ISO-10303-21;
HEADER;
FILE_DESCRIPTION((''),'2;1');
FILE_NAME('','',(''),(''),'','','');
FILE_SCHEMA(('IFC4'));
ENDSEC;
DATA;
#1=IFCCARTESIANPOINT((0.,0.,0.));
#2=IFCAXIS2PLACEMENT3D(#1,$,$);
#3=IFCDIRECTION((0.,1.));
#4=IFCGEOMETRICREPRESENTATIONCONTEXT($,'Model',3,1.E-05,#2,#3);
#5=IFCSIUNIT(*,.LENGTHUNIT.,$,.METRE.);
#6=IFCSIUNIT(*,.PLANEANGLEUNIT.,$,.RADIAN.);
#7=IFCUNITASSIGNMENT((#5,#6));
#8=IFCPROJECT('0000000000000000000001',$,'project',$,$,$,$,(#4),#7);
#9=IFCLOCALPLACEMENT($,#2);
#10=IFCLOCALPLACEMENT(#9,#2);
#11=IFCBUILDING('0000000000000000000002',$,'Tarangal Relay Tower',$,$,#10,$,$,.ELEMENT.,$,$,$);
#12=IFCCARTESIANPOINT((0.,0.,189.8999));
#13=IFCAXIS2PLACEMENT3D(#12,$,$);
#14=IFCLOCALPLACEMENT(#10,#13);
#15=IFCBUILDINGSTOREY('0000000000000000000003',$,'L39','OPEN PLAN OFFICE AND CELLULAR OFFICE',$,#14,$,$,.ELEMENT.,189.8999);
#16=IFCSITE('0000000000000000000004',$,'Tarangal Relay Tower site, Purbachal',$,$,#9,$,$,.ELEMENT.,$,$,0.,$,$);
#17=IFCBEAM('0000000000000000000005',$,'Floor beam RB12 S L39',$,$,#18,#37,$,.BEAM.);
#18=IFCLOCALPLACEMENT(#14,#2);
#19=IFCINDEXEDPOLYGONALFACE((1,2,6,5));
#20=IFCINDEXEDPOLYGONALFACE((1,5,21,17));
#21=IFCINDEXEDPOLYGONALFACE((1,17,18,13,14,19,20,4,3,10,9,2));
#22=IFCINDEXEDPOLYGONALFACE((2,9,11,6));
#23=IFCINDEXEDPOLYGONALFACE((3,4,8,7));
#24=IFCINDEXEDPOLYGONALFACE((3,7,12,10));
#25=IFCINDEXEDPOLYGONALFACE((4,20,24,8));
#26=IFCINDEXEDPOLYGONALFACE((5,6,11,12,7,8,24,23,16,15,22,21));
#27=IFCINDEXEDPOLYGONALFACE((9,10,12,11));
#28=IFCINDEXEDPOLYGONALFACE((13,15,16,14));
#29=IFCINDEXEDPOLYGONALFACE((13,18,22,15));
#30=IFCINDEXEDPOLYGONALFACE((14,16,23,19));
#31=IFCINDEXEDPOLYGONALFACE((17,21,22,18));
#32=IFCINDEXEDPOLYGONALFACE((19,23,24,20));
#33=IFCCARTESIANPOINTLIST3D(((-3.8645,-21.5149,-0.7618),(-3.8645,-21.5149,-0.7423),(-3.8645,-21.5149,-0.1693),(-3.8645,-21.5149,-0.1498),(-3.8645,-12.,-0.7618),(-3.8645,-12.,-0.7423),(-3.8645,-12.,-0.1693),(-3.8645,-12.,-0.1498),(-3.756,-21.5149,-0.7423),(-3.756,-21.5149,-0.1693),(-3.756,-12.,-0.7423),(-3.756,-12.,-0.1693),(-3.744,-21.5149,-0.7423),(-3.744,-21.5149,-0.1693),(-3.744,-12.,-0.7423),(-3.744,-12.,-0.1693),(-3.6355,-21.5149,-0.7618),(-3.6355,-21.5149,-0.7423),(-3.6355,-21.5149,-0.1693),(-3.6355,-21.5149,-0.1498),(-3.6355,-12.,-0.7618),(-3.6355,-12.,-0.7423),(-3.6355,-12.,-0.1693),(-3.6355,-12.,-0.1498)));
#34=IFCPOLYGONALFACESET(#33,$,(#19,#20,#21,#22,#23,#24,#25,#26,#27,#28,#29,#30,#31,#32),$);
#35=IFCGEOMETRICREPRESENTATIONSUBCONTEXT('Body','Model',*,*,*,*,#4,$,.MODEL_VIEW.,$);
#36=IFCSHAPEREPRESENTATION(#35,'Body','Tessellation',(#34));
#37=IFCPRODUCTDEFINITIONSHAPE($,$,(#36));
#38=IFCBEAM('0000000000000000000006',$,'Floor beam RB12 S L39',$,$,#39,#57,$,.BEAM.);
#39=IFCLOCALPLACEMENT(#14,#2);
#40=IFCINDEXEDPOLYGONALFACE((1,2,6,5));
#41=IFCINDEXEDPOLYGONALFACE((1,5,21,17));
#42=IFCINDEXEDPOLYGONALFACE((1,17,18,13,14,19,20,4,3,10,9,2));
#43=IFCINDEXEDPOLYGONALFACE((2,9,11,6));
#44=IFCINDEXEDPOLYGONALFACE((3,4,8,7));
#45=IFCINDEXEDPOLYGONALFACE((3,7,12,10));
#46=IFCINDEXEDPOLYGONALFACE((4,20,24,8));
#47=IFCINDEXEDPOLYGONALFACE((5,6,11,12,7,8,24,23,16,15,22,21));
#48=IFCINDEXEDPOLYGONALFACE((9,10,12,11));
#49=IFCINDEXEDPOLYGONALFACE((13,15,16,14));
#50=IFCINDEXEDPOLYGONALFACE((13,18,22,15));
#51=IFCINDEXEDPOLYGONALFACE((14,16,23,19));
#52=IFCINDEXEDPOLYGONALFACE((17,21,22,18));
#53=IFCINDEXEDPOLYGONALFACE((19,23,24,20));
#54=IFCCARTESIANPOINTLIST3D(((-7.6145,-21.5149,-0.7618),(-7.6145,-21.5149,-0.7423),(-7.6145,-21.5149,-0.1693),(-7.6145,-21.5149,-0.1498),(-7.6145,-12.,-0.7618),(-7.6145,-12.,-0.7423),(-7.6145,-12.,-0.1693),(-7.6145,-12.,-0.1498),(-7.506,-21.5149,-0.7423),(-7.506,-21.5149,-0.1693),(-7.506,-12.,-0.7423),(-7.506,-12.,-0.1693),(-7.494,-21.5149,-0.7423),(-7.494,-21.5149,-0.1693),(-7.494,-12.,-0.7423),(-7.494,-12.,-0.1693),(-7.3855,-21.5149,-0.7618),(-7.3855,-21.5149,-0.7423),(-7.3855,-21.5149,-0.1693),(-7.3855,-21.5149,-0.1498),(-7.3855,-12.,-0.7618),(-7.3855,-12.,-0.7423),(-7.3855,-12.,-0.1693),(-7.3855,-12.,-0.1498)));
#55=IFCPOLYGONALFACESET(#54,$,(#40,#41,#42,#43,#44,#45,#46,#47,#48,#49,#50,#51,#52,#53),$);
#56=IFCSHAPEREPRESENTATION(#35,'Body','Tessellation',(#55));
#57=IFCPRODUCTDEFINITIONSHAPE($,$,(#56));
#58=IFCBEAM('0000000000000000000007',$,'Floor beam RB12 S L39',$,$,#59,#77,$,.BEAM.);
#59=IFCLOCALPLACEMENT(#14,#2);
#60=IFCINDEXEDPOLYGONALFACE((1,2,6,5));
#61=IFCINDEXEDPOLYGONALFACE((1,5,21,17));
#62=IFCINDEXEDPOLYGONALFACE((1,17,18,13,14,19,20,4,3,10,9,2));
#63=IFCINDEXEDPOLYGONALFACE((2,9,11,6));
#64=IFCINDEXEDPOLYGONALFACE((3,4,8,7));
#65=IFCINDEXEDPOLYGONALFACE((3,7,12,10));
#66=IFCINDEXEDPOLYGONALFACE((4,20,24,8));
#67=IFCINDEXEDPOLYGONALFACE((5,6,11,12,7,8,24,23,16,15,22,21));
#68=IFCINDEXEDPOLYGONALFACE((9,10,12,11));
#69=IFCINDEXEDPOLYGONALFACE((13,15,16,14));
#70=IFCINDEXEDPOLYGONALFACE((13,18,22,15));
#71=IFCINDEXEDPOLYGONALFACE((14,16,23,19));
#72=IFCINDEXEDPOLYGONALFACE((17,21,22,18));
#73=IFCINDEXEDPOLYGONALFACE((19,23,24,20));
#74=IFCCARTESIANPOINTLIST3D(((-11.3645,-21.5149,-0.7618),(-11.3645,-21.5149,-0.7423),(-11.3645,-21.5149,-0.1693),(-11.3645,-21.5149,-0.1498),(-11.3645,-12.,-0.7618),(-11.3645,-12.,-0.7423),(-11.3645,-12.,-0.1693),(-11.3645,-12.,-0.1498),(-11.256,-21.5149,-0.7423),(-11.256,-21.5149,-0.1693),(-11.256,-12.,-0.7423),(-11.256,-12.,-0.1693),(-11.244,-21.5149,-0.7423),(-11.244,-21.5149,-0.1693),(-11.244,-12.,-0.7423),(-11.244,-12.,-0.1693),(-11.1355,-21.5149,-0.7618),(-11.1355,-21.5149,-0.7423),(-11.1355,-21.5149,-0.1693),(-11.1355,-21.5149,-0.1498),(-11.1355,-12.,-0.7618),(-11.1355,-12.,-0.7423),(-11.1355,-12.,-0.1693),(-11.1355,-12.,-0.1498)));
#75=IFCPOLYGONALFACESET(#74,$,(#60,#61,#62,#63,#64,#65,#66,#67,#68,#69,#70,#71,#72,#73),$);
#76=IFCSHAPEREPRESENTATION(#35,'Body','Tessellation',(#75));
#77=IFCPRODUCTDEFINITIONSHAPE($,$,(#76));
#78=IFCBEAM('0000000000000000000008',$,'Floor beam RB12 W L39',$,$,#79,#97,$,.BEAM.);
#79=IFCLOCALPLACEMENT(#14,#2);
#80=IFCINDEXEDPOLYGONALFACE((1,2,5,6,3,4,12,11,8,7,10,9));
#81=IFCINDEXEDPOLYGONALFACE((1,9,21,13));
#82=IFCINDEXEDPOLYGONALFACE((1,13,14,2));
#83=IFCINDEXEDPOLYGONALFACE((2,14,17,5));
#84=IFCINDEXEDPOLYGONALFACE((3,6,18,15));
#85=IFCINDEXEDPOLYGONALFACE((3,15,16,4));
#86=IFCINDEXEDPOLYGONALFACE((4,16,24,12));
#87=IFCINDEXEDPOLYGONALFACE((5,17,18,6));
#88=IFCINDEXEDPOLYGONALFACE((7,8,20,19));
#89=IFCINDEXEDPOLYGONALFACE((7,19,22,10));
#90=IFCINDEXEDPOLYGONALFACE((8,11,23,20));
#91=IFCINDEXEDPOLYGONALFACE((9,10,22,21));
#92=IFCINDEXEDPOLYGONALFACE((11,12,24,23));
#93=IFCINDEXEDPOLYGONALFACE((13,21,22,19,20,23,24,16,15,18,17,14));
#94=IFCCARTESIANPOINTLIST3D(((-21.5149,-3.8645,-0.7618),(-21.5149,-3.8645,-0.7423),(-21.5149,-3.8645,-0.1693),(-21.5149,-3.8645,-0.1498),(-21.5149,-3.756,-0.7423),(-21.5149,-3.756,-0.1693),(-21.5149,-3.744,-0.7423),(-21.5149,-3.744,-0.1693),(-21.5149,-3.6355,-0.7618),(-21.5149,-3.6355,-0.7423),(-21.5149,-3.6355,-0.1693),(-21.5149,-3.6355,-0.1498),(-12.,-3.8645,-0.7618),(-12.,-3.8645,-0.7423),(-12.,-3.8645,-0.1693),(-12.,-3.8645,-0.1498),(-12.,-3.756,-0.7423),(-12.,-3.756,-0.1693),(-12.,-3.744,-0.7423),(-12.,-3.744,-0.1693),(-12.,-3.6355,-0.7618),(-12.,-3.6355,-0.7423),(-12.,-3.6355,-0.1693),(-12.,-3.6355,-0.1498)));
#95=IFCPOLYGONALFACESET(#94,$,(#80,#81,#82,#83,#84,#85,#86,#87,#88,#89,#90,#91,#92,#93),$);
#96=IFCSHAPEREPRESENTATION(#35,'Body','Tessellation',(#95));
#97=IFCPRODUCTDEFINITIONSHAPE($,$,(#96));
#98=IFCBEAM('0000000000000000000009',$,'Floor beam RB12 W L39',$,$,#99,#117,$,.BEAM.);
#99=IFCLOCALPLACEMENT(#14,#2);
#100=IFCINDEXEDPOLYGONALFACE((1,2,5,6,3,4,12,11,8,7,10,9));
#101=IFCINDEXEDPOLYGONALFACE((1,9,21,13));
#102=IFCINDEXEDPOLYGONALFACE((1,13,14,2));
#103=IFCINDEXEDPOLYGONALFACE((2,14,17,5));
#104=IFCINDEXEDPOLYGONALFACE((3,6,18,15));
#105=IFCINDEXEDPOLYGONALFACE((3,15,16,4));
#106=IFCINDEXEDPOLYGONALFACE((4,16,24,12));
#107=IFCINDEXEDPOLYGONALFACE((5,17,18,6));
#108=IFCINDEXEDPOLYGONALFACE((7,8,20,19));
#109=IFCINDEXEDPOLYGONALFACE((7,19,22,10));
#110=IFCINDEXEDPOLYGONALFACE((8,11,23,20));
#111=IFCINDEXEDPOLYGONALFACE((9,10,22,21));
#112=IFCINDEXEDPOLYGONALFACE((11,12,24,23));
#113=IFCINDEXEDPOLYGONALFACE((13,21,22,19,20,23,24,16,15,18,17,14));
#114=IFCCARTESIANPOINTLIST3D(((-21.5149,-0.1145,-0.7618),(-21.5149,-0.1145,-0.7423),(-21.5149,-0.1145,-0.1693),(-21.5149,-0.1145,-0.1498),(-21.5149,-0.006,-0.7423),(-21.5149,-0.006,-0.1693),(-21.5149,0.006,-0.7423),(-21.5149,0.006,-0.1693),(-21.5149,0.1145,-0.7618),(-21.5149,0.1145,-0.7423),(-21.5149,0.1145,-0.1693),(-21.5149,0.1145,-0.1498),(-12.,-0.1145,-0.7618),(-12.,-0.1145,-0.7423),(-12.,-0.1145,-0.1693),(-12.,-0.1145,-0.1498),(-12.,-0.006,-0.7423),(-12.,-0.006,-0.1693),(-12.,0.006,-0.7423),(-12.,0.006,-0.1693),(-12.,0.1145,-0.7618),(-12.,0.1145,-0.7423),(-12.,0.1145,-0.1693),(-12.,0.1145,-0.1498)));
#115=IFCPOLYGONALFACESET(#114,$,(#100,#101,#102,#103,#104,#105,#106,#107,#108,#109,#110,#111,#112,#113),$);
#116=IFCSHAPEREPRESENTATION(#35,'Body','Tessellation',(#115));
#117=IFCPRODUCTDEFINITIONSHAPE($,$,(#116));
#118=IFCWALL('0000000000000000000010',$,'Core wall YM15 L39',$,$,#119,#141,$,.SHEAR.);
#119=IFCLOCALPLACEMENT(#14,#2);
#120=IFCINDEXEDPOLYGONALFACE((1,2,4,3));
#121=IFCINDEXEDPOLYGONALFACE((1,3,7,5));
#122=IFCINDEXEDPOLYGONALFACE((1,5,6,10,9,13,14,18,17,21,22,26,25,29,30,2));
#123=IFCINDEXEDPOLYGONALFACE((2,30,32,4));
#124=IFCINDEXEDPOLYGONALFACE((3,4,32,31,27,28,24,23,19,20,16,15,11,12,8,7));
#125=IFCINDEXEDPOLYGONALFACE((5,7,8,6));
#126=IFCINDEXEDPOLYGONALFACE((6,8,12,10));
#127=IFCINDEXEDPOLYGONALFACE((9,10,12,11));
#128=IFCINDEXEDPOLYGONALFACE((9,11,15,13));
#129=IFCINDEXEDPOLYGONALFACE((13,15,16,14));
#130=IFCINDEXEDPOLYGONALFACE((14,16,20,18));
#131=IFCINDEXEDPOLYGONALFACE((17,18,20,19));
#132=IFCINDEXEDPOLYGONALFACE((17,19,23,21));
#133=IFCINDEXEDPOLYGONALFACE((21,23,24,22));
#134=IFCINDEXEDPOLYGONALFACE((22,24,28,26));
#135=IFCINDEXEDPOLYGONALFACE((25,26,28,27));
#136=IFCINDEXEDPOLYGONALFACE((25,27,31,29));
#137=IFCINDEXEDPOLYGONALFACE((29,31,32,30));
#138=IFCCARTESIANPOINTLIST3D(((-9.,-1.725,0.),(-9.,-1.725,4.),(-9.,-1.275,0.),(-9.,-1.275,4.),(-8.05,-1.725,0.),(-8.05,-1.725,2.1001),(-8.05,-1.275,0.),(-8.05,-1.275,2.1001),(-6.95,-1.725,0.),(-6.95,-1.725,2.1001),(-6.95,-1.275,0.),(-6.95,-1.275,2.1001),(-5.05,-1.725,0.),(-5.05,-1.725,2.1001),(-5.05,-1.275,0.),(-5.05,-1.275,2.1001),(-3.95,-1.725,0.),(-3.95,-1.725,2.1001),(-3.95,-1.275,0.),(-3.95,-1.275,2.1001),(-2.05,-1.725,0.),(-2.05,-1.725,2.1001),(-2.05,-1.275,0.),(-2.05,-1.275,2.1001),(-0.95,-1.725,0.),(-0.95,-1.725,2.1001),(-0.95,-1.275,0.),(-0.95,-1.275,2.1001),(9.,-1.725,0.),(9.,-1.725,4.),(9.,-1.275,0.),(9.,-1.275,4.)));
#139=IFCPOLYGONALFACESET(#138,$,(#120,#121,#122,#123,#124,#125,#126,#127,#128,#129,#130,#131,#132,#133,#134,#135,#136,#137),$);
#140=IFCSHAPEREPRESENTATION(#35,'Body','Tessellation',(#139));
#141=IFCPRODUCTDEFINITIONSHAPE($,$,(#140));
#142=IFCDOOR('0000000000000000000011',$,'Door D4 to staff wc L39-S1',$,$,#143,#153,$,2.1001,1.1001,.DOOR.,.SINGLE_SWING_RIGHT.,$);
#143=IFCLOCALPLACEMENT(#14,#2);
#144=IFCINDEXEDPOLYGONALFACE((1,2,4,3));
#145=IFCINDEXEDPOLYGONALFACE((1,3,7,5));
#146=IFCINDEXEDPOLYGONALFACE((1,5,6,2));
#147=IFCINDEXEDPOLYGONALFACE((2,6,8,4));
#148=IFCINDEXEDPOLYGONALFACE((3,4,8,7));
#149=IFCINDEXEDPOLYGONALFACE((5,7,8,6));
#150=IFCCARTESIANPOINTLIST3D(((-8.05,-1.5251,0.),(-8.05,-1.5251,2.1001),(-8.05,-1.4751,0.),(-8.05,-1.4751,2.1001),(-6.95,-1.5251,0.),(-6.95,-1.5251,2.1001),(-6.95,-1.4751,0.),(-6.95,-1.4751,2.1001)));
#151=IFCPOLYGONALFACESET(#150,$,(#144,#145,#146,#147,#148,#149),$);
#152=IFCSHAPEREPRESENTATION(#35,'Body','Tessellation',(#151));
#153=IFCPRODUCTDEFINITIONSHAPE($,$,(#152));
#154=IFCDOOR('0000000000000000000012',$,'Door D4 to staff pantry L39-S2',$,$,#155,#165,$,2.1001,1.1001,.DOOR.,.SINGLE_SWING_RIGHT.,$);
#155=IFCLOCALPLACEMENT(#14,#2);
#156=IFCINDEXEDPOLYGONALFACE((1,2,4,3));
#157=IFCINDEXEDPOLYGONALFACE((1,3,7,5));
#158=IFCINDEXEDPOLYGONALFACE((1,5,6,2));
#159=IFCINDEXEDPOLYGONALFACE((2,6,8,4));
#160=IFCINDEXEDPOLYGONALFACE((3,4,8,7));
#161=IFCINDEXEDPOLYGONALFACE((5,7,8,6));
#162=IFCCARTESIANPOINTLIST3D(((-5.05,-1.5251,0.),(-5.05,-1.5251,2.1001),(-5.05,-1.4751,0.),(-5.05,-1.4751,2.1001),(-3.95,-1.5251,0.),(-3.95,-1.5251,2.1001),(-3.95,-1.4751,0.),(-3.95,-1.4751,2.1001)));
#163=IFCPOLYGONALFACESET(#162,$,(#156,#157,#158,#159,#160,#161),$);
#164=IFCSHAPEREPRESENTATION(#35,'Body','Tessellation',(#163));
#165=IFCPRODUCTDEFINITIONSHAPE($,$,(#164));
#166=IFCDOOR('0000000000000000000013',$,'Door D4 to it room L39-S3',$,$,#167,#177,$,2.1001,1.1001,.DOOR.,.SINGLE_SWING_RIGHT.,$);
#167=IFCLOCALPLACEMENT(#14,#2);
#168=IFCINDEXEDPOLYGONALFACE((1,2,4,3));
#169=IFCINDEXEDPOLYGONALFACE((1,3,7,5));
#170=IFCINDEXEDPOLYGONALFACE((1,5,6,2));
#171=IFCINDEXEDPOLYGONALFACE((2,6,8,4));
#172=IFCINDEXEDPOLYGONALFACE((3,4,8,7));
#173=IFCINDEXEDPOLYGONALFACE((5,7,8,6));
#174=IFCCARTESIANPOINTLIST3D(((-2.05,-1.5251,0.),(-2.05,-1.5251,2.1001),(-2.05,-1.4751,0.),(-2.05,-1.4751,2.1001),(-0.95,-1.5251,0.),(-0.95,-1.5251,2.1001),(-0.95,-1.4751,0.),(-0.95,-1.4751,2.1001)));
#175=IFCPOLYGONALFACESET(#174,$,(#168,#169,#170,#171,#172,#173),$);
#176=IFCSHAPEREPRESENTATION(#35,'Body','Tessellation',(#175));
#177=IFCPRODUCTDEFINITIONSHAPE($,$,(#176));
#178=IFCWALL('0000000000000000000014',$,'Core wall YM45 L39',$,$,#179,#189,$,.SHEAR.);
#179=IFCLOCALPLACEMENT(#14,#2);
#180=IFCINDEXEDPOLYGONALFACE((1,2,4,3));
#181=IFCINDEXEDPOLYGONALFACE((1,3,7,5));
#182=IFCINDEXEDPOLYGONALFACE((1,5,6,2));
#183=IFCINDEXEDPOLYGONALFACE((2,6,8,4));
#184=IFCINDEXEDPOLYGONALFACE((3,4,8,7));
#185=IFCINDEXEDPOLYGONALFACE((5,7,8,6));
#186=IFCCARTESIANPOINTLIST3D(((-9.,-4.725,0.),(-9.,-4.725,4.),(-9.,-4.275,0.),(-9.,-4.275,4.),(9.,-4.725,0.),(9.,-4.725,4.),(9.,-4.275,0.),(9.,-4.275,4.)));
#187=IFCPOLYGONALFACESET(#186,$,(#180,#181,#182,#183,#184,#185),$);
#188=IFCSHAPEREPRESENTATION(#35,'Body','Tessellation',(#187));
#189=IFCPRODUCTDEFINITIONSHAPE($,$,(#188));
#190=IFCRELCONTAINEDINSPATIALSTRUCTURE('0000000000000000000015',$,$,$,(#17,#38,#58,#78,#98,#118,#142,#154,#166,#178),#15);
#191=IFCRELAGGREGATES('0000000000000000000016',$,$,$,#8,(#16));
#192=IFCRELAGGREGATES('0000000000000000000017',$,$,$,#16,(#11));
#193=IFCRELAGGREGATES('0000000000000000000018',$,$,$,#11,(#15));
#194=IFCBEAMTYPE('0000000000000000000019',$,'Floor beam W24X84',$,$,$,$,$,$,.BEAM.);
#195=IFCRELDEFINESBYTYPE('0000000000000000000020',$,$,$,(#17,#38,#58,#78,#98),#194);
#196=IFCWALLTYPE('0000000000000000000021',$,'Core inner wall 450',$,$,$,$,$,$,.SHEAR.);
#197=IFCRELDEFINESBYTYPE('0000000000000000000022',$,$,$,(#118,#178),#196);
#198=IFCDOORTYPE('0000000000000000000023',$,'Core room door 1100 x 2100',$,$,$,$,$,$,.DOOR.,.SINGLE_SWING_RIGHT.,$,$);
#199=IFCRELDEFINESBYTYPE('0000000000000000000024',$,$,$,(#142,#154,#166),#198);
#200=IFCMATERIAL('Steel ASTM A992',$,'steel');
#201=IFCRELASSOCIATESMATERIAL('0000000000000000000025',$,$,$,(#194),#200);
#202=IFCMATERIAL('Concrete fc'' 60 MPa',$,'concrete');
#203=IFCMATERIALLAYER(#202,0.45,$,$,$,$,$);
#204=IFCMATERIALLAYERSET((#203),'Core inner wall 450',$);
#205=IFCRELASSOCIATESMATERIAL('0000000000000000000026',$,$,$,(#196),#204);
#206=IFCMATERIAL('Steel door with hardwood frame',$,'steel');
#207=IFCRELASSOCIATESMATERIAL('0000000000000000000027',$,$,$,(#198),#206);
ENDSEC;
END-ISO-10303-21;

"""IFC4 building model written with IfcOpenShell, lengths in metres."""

from ifc_helpers import new_model, si_unit, direction, frame, frame_2d, origin, origin_2d, place, context, subcontext, project, spatial, rectangle, i_section, extrude, material, layer, layer_set, material_profile, profile_set, type_object, element, fill, save


model = new_model("IFC4")

# Units and contexts
model_context = context("Model", 3, precision=1e-05, world=origin(), true_north=direction((0.0, 1.0)))
body_context = subcontext(model_context, "Body", "Model", "MODEL_VIEW")
ifc_project = project(units=[si_unit("LENGTHUNIT", "METRE"), si_unit("PLANEANGLEUNIT", "RADIAN")], contexts=[model_context])

# Site, building, storey
site_placement = place(None, origin())
site = spatial("IfcSite", under=ifc_project, at=site_placement, Name="Tarangal Relay Tower site, Purbachal", CompositionType="ELEMENT", RefElevation=0.0)
building_placement = place(site_placement, origin())
building = spatial("IfcBuilding", under=site, at=building_placement, Name="Tarangal Relay Tower", CompositionType="ELEMENT")
storey_placement = place(building_placement, frame((0.0, 0.0, 189.8999)))
storey = spatial("IfcBuildingStorey", under=building, at=storey_placement, Name="L39", Description="OPEN PLAN OFFICE AND CELLULAR OFFICE", CompositionType="ELEMENT", Elevation=189.8999)

# Beams
ifc_material_1 = material(Name="Steel ASTM A992", Category="steel")
ifc_material_profile = material_profile(ifc_material_1, i_section(OverallWidth=0.229, OverallDepth=0.6121, WebThickness=0.012, FlangeThickness=0.0195, at=origin_2d()), Name="W24X84")
ifc_profile_set = profile_set([ifc_material_profile], Name="Steel ASTM A992")
beam_type = type_object("IfcBeamType", Name="Floor beam W24X84", PredefinedType="BEAM", material=ifc_profile_set)
for number, where, z_axis, x_axis, name in (
    (1, (-3.75, -12.0, -0.4558), (0.0, -1.0, 0.0), (1.0, 0.0, 0.0), "Floor beam RB12 S L39"),
    (2, (-7.5, -12.0, -0.4558), (0.0, -1.0, 0.0), (1.0, 0.0, 0.0), "Floor beam RB12 S L39"),
    (3, (-11.25, -12.0, -0.4558), (0.0, -1.0, 0.0), (1.0, 0.0, 0.0), "Floor beam RB12 S L39"),
    (4, (-12.0, -3.75, -0.4558), (-1.0, 0.0, 0.0), (0.0, -1.0, 0.0), "Floor beam RB12 W L39"),
    (5, (-12.0, 0.0, -0.4558), (-1.0, 0.0, 0.0), (0.0, -1.0, 0.0), "Floor beam RB12 W L39"),
):
    element("IfcBeam", number, at=place(storey_placement, frame(where, z_axis=z_axis, x_axis=x_axis)), inside=storey, type_object=beam_type, Name=name, PredefinedType="BEAM", context=body_context, shape_type="SweptSolid", body=[
        extrude(i_section(OverallWidth=0.229, OverallDepth=0.6121, WebThickness=0.012, FlangeThickness=0.0195, at=origin_2d()), origin(), (0.0, 0.0, 1.0), 9.5149),
    ])

# Wall, openings, doors
ifc_material_2 = material(Name="Concrete fc' 60 MPa", Category="concrete")
ifc_layer_1 = layer(ifc_material_2, 0.45)
ifc_layer_set_1 = layer_set([ifc_layer_1], Name="Core inner wall 450")
wall_type_1 = type_object("IfcWallType", Name="Core inner wall 450", PredefinedType="SHEAR", material=ifc_layer_set_1)
wall_1_placement = place(storey_placement, frame((-9.0, -1.5, 0.0), z_axis=(0.0, 0.0, 1.0), x_axis=(1.0, 0.0, 0.0)))
wall_1 = element("IfcWall", 6, at=wall_1_placement, inside=storey, type_object=wall_type_1, Name="Core wall YM15 L39", PredefinedType="SHEAR", context=body_context, shape_type="SweptSolid", body=[
    extrude(rectangle(XDim=18.0, YDim=0.45, at=frame_2d((9.0, 0.0))), origin(), (0.0, 0.0, 1.0), 4.0),
])
opening_1_placement = place(wall_1_placement, frame((0.95, 0.0, 0.0)))
opening_1 = element("IfcOpeningElement", 7, at=opening_1_placement, cuts=wall_1, PredefinedType="OPENING", context=body_context, shape_type="SweptSolid", body=[
    extrude(rectangle(XDim=1.1001, YDim=2.1001, at=frame_2d((0.55, 1.05))), frame((0.0, 0.2349, 0.0), z_axis=(0.0, -1.0, 0.0), x_axis=(1.0, 0.0, 0.0)), (0.0, 0.0, 1.0), 0.47),
])
opening_2_placement = place(wall_1_placement, frame((3.95, 0.0, 0.0)))
opening_2 = element("IfcOpeningElement", 8, at=opening_2_placement, cuts=wall_1, PredefinedType="OPENING", context=body_context, shape_type="SweptSolid", body=[
    extrude(rectangle(XDim=1.1001, YDim=2.1001, at=frame_2d((0.55, 1.05))), frame((0.0, 0.2349, 0.0), z_axis=(0.0, -1.0, 0.0), x_axis=(1.0, 0.0, 0.0)), (0.0, 0.0, 1.0), 0.47),
])
opening_3_placement = place(wall_1_placement, frame((6.95, 0.0, 0.0)))
opening_3 = element("IfcOpeningElement", 9, at=opening_3_placement, cuts=wall_1, PredefinedType="OPENING", context=body_context, shape_type="SweptSolid", body=[
    extrude(rectangle(XDim=1.1001, YDim=2.1001, at=frame_2d((0.55, 1.05))), frame((0.0, 0.2349, 0.0), z_axis=(0.0, -1.0, 0.0), x_axis=(1.0, 0.0, 0.0)), (0.0, 0.0, 1.0), 0.47),
])
ifc_material_3 = material(Name="Steel door with hardwood frame", Category="steel")
door_type_1 = type_object("IfcDoorType", Name="Core room door 1100 x 2100", OperationType="SINGLE_SWING_RIGHT", PredefinedType="DOOR", material=ifc_material_3)
door_1_placement = place(opening_1_placement, origin())
door_1 = element("IfcDoor", 10, at=door_1_placement, inside=storey, type_object=door_type_1, Name="Door D4 to staff wc L39-S1", OperationType="SINGLE_SWING_RIGHT", OverallHeight=2.1001, OverallWidth=1.1001, PredefinedType="DOOR", context=body_context, shape_type="SweptSolid", body=[
    extrude(rectangle(XDim=1.1001, YDim=2.1001, at=frame_2d((0.55, 1.05))), frame((0.0, 0.0249, 0.0), z_axis=(0.0, -1.0, 0.0), x_axis=(1.0, 0.0, 0.0)), (0.0, 0.0, 1.0), 0.05),
])
fill(opening_1, door_1)
door_2_placement = place(opening_2_placement, origin())
door_2 = element("IfcDoor", 11, at=door_2_placement, inside=storey, type_object=door_type_1, Name="Door D4 to staff pantry L39-S2", OperationType="SINGLE_SWING_RIGHT", OverallHeight=2.1001, OverallWidth=1.1001, PredefinedType="DOOR", context=body_context, shape_type="SweptSolid", body=[
    extrude(rectangle(XDim=1.1001, YDim=2.1001, at=frame_2d((0.55, 1.05))), frame((0.0, 0.0249, 0.0), z_axis=(0.0, -1.0, 0.0), x_axis=(1.0, 0.0, 0.0)), (0.0, 0.0, 1.0), 0.05),
])
fill(opening_2, door_2)
door_3_placement = place(opening_3_placement, origin())
door_3 = element("IfcDoor", 12, at=door_3_placement, inside=storey, type_object=door_type_1, Name="Door D4 to it room L39-S3", OperationType="SINGLE_SWING_RIGHT", OverallHeight=2.1001, OverallWidth=1.1001, PredefinedType="DOOR", context=body_context, shape_type="SweptSolid", body=[
    extrude(rectangle(XDim=1.1001, YDim=2.1001, at=frame_2d((0.55, 1.05))), frame((0.0, 0.0249, 0.0), z_axis=(0.0, -1.0, 0.0), x_axis=(1.0, 0.0, 0.0)), (0.0, 0.0, 1.0), 0.05),
])
fill(opening_3, door_3)

# Wall
wall_2_placement = place(storey_placement, frame((-9.0, -4.5, 0.0), z_axis=(0.0, 0.0, 1.0), x_axis=(1.0, 0.0, 0.0)))
element("IfcWall", 13, at=wall_2_placement, inside=storey, type_object=wall_type_1, Name="Core wall YM45 L39", PredefinedType="SHEAR", context=body_context, shape_type="SweptSolid", body=[
    extrude(rectangle(XDim=18.0, YDim=0.45, at=frame_2d((9.0, 0.0))), origin(), (0.0, 0.0, 1.0), 4.0),
])

save(model, "model.ifc")
